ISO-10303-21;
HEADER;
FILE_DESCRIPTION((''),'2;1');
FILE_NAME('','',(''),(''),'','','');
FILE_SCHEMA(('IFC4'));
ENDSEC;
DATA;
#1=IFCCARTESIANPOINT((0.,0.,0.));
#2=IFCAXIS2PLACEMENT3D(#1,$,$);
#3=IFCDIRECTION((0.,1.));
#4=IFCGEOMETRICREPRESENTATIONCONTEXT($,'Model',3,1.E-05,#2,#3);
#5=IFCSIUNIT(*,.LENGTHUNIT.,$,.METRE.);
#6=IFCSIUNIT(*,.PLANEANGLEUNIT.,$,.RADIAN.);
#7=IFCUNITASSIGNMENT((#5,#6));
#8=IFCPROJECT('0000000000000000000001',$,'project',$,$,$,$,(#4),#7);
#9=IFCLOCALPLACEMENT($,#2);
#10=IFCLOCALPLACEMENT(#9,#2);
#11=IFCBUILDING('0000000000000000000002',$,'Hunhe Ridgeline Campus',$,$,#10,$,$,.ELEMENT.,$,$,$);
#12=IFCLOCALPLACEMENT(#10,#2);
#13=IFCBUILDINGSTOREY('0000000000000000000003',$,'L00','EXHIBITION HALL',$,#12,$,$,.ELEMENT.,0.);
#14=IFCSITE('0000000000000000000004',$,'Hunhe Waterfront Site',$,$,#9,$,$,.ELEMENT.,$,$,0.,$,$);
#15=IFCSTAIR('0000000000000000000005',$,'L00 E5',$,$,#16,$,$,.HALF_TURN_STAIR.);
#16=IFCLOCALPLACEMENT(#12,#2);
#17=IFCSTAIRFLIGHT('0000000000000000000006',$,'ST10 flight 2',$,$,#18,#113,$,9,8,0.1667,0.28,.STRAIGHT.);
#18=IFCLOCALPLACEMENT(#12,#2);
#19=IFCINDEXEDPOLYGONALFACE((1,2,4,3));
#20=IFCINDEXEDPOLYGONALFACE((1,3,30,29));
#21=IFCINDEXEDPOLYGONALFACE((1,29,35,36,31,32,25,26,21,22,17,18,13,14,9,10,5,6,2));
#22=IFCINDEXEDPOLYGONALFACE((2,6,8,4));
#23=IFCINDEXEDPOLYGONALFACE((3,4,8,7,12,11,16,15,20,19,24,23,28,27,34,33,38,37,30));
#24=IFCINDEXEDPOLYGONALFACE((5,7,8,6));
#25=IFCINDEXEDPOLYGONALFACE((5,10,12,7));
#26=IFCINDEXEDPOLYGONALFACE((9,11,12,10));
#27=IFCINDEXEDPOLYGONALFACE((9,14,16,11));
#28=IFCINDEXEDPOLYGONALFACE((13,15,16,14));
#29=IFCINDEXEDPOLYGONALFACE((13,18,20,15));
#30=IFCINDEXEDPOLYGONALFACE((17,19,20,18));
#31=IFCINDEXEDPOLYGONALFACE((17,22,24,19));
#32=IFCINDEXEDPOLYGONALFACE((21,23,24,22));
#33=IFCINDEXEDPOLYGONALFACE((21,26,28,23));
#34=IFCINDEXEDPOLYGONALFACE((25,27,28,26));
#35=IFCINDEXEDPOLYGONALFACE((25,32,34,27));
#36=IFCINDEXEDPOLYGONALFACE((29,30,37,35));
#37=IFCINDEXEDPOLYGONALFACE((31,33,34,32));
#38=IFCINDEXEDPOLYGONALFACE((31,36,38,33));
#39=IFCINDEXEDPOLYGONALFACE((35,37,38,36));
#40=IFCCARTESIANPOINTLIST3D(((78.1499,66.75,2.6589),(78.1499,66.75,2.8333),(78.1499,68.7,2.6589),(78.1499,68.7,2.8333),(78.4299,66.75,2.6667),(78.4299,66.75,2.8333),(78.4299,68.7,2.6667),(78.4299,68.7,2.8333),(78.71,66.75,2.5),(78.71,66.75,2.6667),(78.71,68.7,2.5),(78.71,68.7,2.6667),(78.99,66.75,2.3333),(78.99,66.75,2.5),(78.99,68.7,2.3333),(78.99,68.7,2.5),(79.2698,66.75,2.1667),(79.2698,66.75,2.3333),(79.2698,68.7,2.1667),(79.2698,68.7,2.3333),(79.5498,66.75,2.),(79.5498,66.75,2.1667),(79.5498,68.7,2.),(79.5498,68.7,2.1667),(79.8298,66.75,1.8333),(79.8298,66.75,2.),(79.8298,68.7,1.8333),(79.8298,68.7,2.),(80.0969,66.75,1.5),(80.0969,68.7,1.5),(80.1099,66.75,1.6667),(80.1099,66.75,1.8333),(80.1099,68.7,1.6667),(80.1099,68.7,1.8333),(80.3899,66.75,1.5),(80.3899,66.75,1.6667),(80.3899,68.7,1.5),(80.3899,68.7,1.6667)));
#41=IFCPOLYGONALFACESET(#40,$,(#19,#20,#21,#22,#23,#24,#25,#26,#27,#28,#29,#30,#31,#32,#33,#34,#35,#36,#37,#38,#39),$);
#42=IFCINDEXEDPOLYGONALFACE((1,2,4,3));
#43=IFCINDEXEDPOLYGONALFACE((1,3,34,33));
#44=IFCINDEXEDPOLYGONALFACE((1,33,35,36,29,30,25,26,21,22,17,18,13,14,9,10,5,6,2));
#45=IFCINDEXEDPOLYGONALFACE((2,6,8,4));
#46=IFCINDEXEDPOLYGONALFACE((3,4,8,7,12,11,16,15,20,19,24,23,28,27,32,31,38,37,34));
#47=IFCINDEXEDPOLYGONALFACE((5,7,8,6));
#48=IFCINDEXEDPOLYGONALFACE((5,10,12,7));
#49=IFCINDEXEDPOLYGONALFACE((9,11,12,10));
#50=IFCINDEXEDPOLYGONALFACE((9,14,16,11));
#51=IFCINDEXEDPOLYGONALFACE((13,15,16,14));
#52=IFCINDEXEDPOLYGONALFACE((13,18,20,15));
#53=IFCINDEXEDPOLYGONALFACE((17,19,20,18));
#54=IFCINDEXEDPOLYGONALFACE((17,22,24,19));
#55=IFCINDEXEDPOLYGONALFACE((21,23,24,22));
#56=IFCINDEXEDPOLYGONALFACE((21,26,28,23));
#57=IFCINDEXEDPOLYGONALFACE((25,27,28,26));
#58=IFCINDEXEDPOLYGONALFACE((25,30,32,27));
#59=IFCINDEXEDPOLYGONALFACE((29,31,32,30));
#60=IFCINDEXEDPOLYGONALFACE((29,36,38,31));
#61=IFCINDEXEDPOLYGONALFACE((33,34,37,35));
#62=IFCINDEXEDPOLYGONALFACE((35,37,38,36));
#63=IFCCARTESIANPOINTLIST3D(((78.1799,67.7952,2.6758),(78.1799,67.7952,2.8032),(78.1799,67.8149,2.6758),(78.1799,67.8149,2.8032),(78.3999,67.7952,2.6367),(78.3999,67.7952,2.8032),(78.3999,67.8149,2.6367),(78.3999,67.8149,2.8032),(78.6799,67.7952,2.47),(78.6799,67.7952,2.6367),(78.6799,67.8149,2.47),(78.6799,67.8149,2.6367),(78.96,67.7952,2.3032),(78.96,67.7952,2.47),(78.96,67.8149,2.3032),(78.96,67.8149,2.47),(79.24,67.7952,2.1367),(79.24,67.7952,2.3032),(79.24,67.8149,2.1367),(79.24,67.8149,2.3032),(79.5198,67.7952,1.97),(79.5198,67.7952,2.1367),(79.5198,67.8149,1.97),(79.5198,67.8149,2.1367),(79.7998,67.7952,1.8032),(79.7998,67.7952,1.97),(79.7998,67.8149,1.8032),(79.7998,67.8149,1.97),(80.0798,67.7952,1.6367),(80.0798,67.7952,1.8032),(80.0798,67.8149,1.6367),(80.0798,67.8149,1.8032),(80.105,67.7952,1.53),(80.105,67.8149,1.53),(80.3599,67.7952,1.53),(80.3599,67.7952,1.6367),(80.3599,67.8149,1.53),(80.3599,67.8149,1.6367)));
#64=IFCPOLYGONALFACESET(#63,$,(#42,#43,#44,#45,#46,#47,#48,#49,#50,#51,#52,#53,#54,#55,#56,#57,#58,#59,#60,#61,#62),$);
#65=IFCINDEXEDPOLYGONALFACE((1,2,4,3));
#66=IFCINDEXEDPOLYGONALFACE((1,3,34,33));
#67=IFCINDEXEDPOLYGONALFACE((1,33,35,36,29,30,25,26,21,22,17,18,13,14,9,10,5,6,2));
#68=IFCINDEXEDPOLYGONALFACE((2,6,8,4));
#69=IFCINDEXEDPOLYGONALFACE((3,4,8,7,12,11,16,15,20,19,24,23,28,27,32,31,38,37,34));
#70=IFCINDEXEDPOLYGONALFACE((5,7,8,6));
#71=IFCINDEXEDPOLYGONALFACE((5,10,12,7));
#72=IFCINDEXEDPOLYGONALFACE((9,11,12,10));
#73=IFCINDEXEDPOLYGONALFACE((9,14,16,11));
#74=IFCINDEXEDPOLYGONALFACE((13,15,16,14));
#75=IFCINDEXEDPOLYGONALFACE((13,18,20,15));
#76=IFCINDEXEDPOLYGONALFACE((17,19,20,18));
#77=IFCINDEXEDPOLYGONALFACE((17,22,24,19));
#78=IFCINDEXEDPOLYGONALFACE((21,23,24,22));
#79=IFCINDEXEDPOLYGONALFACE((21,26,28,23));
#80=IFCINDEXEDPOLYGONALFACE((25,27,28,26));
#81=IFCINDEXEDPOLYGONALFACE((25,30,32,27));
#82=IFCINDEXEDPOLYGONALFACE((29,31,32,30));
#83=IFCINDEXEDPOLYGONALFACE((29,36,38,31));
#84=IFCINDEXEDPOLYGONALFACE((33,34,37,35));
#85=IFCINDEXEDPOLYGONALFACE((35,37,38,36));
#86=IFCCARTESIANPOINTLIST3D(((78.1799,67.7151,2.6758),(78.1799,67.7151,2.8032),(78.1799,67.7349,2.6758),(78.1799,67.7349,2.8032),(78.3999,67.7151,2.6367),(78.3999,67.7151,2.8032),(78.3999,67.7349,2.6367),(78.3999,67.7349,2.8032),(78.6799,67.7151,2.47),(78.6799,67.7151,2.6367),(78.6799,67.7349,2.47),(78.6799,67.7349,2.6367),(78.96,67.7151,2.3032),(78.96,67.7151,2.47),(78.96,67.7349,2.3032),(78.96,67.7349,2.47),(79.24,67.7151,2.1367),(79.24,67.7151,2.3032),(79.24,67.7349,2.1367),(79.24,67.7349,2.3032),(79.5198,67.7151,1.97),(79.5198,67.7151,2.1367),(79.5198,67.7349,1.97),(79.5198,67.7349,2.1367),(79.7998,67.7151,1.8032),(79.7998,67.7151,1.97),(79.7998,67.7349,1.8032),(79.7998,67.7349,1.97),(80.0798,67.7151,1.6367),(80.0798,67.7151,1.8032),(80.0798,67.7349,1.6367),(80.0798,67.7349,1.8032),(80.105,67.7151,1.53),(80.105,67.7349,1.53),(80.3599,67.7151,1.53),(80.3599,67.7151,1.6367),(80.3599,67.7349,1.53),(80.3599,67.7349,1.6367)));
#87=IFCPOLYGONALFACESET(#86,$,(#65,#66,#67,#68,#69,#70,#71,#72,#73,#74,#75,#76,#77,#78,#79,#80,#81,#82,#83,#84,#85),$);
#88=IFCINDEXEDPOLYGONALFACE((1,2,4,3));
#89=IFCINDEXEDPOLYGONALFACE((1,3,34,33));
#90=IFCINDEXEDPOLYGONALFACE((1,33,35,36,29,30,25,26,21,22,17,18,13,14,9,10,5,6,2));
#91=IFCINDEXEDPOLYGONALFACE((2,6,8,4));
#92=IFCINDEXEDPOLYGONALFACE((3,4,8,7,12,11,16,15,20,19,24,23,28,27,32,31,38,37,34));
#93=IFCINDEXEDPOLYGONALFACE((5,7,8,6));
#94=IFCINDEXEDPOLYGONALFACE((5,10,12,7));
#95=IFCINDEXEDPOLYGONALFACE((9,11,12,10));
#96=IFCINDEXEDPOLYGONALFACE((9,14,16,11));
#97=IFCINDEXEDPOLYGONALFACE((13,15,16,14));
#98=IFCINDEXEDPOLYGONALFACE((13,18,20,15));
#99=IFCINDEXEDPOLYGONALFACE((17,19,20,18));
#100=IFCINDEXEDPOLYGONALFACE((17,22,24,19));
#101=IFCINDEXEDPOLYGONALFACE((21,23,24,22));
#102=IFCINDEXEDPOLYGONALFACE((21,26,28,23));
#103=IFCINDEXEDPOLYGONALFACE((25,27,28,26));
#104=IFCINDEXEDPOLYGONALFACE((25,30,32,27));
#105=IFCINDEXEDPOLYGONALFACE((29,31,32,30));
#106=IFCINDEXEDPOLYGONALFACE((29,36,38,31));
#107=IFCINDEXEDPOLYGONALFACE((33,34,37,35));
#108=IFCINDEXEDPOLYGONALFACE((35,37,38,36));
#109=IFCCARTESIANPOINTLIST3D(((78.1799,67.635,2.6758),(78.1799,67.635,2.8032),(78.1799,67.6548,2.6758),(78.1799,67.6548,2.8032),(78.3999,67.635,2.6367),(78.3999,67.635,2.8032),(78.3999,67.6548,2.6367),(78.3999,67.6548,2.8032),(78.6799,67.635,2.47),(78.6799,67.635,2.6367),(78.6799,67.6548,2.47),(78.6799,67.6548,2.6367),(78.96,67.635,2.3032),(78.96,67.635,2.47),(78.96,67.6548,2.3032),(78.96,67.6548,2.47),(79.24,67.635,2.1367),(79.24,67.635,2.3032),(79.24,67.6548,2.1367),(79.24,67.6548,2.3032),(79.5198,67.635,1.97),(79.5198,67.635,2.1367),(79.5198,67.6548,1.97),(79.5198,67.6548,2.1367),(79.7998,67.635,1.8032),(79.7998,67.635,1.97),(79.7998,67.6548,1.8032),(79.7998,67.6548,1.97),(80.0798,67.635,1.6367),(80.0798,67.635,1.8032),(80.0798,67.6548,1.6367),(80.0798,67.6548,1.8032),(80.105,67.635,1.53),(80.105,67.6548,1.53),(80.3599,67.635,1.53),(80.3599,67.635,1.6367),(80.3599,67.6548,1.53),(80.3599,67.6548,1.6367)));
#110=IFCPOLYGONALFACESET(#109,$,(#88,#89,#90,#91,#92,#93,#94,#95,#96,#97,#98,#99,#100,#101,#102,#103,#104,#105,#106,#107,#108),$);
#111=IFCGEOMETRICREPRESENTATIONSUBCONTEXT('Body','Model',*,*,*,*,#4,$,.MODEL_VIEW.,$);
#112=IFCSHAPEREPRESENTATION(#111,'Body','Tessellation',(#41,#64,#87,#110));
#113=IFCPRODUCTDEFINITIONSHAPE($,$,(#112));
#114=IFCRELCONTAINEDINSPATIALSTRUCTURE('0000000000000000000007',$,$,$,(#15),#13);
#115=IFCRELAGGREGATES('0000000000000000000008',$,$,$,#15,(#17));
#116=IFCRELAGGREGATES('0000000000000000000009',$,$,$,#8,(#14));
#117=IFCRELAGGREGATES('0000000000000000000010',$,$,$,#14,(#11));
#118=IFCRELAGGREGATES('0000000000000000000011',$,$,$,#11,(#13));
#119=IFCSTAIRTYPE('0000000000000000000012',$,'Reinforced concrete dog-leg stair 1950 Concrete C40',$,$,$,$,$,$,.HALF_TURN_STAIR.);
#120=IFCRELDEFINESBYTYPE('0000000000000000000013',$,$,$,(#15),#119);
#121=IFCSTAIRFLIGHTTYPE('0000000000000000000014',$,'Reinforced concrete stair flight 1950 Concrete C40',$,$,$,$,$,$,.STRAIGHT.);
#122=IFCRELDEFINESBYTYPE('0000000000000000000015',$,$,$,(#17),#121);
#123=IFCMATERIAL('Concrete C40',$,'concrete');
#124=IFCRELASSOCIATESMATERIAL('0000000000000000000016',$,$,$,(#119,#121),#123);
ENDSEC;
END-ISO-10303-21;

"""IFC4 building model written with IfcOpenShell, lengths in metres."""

from ifc_helpers import new_model, si_unit, direction, frame, origin, place, context, subcontext, project, spatial, polyline, outline, extrude, material, type_object, element, aggregate, save


model = new_model("IFC4")

# Units and contexts
model_context = context("Model", 3, precision=1e-05, world=origin(), true_north=direction((0.0, 1.0)))
body_context = subcontext(model_context, "Body", "Model", "MODEL_VIEW")
ifc_project = project(units=[si_unit("LENGTHUNIT", "METRE"), si_unit("PLANEANGLEUNIT", "RADIAN")], contexts=[model_context])

# Site, building, storey
site_placement = place(None, origin())
site = spatial("IfcSite", under=ifc_project, at=site_placement, Name="Hunhe Waterfront Site", CompositionType="ELEMENT", RefElevation=0.0)
building_placement = place(site_placement, origin())
building = spatial("IfcBuilding", under=site, at=building_placement, Name="Hunhe Ridgeline Campus", CompositionType="ELEMENT")
storey_placement = place(building_placement, origin())
storey = spatial("IfcBuildingStorey", under=building, at=storey_placement, Name="L00", Description="EXHIBITION HALL", CompositionType="ELEMENT", Elevation=0.0)

# Stair, stair flight
ifc_material_1 = material(Name="Concrete C40", Category="concrete")
stair_type = type_object("IfcStairType", Name="Reinforced concrete dog-leg stair 1950 Concrete C40", PredefinedType="HALF_TURN_STAIR", material=ifc_material_1)
stair_placement = place(storey_placement, origin())
stair = element("IfcStair", 1, at=stair_placement, inside=storey, type_object=stair_type, Name="L00 E5", PredefinedType="HALF_TURN_STAIR")
stair_flight_type = type_object("IfcStairFlightType", Name="Reinforced concrete stair flight 1950 Concrete C40", PredefinedType="STRAIGHT", material=ifc_material_1)
stair_flight_1_placement = place(storey_placement, frame((80.3899, 67.7251, 1.5), z_axis=(0.0, 0.0, 1.0), x_axis=(-1.0, 0.0, 0.0)))
stair_flight_1 = element("IfcStairFlight", 2, at=stair_flight_1_placement, type_object=stair_flight_type, Name="ST10 flight 2", NumberOfRisers=9, NumberOfTreads=8, PredefinedType="STRAIGHT", RiserHeight=0.1667, TreadLength=0.28, context=body_context, shape_type="SweptSolid", body=[
    extrude(outline(polyline([(0.0, 0.0), (0.0, 0.1667), (0.28, 0.1667), (0.28, 0.3333), (0.5601, 0.3333), (0.5601, 0.5), (0.8401, 0.5), (0.8401, 0.6667), (1.1201, 0.6667), (1.1201, 0.8333), (1.3999, 0.8333), (1.3999, 1.0), (1.6799, 1.0), (1.6799, 1.1667), (1.96, 1.1667), (1.96, 1.3333), (2.24, 1.3333), (2.24, 1.5), (2.24, 1.1589), (0.293, 0.0), (0.0, 0.0)])), frame((0.0, 0.9751, 0.0), z_axis=(0.0, -1.0, 0.0), x_axis=(1.0, 0.0, 0.0)), (0.0, 0.0, 1.0), 1.95),
    extrude(outline(polyline([(0.03, 0.03), (0.03, 0.1367), (0.3101, 0.1367), (0.3101, 0.3032), (0.5901, 0.3032), (0.5901, 0.47), (0.8701, 0.47), (0.8701, 0.6367), (1.1499, 0.6367), (1.1499, 0.8032), (1.4299, 0.8032), (1.4299, 0.97), (1.71, 0.97), (1.71, 1.1367), (1.99, 1.1367), (1.99, 1.3032), (2.21, 1.3032), (2.21, 1.1758), (0.2849, 0.03), (0.03, 0.03)])), frame((0.0, -0.0701, 0.0), z_axis=(0.0, -1.0, 0.0), x_axis=(1.0, 0.0, 0.0)), (0.0, 0.0, 1.0), 0.0198),
    extrude(outline(polyline([(0.03, 0.03), (0.03, 0.1367), (0.3101, 0.1367), (0.3101, 0.3032), (0.5901, 0.3032), (0.5901, 0.47), (0.8701, 0.47), (0.8701, 0.6367), (1.1499, 0.6367), (1.1499, 0.8032), (1.4299, 0.8032), (1.4299, 0.97), (1.71, 0.97), (1.71, 1.1367), (1.99, 1.1367), (1.99, 1.3032), (2.21, 1.3032), (2.21, 1.1758), (0.2849, 0.03), (0.03, 0.03)])), frame((0.0, 0.01, 0.0), z_axis=(0.0, -1.0, 0.0), x_axis=(1.0, 0.0, 0.0)), (0.0, 0.0, 1.0), 0.0198),
    extrude(outline(polyline([(0.03, 0.03), (0.03, 0.1367), (0.3101, 0.1367), (0.3101, 0.3032), (0.5901, 0.3032), (0.5901, 0.47), (0.8701, 0.47), (0.8701, 0.6367), (1.1499, 0.6367), (1.1499, 0.8032), (1.4299, 0.8032), (1.4299, 0.97), (1.71, 0.97), (1.71, 1.1367), (1.99, 1.1367), (1.99, 1.3032), (2.21, 1.3032), (2.21, 1.1758), (0.2849, 0.03), (0.03, 0.03)])), frame((0.0, 0.0901, 0.0), z_axis=(0.0, -1.0, 0.0), x_axis=(1.0, 0.0, 0.0)), (0.0, 0.0, 1.0), 0.0198),
])
aggregate(stair, [stair_flight_1])

save(model, "model.ifc")
